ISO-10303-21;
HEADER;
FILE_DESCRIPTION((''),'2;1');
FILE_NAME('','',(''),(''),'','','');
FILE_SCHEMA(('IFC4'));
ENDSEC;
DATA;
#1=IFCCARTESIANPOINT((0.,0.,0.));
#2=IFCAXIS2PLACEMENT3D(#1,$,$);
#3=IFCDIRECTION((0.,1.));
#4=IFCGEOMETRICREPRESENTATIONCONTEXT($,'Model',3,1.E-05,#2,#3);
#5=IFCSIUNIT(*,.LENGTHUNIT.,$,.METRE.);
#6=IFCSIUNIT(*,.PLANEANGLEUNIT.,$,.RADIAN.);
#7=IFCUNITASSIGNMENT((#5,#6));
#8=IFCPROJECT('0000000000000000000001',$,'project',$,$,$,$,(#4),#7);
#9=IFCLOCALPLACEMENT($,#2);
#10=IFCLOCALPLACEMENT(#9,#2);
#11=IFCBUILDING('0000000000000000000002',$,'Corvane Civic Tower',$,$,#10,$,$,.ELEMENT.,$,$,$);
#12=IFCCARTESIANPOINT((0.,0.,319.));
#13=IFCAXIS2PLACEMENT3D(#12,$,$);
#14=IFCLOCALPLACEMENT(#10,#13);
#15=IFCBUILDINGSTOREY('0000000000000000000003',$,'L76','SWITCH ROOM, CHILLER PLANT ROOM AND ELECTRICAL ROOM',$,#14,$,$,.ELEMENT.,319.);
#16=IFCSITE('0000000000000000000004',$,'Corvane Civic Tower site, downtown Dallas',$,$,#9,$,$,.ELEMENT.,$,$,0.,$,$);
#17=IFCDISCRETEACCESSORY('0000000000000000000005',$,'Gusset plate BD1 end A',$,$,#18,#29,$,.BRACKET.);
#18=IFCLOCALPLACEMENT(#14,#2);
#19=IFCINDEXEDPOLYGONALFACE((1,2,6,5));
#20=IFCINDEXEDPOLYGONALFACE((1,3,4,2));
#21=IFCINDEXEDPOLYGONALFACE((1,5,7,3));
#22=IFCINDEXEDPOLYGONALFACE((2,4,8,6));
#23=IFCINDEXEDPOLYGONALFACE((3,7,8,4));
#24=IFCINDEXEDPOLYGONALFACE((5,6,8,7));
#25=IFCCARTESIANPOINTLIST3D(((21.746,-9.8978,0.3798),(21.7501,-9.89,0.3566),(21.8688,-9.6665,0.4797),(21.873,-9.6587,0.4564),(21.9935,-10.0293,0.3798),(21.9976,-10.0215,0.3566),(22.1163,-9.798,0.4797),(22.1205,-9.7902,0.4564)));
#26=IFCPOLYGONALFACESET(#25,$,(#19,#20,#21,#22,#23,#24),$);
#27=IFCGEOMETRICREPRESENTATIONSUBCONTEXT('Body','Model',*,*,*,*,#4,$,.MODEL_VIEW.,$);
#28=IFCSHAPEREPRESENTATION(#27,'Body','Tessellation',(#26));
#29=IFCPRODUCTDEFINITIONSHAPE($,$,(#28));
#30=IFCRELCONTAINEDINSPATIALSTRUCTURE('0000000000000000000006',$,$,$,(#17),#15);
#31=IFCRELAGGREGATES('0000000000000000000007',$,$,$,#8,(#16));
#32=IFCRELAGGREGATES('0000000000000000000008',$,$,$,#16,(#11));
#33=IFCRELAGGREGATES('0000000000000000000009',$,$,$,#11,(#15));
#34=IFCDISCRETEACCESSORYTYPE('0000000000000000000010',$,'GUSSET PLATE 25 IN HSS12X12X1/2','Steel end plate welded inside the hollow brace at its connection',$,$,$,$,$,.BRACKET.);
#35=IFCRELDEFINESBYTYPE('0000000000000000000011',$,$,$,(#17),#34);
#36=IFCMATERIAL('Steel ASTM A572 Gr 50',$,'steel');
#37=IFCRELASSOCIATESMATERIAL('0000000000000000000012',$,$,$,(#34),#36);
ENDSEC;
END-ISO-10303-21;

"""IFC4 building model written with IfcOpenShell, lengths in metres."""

from ifc_helpers import new_model, si_unit, direction, frame, origin, origin_2d, place, context, subcontext, project, spatial, rectangle, extrude, material, material_profile, profile_set, type_object, element, save


model = new_model("IFC4")

# Units and contexts
model_context = context("Model", 3, precision=1e-05, world=origin(), true_north=direction((0.0, 1.0)))
body_context = subcontext(model_context, "Body", "Model", "MODEL_VIEW")
ifc_project = project(units=[si_unit("LENGTHUNIT", "METRE"), si_unit("PLANEANGLEUNIT", "RADIAN")], contexts=[model_context])

# Site, building, storey
site_placement = place(None, origin())
site = spatial("IfcSite", under=ifc_project, at=site_placement, Name="Corvane Civic Tower site, downtown Dallas", CompositionType="ELEMENT", RefElevation=0.0)
building_placement = place(site_placement, origin())
building = spatial("IfcBuilding", under=site, at=building_placement, Name="Corvane Civic Tower", CompositionType="ELEMENT")
storey_placement = place(building_placement, frame((0.0, 0.0, 319.0)))
storey = spatial("IfcBuildingStorey", under=building, at=storey_placement, Name="L76", Description="SWITCH ROOM, CHILLER PLANT ROOM AND ELECTRICAL ROOM", CompositionType="ELEMENT", Elevation=319.0)

# Discrete accessory
ifc_material_1 = material(Name="Steel ASTM A572 Gr 50", Category="steel")
ifc_material_profile_1 = material_profile(ifc_material_1, rectangle(XDim=0.2803, YDim=0.2803, at=origin_2d()), Name="GUSSET PLATE 25 IN HSS12X12X1/2")
ifc_profile_set_1 = profile_set([ifc_material_profile_1], Name="Steel ASTM A572 Gr 50")
discrete_accessory_type = type_object("IfcDiscreteAccessoryType", Name="GUSSET PLATE 25 IN HSS12X12X1/2", Description="Steel end plate welded inside the hollow brace at its connection", PredefinedType="BRACKET", material=ifc_profile_set_1)
discrete_accessory_1_placement = place(storey_placement, frame((21.9353, -9.8401, 0.4065), z_axis=(-0.167198, -0.314725, 0.934341), x_axis=(0.883116, -0.469155, 0.0)))
element("IfcDiscreteAccessory", 1, at=discrete_accessory_1_placement, inside=storey, type_object=discrete_accessory_type, Name="Gusset plate BD1 end A", PredefinedType="BRACKET", context=body_context, shape_type="SweptSolid", body=[
    extrude(rectangle(XDim=0.2803, YDim=0.2803, at=origin_2d()), origin(), (0.0, 0.0, 1.0), 0.0249),
])

save(model, "model.ifc")
